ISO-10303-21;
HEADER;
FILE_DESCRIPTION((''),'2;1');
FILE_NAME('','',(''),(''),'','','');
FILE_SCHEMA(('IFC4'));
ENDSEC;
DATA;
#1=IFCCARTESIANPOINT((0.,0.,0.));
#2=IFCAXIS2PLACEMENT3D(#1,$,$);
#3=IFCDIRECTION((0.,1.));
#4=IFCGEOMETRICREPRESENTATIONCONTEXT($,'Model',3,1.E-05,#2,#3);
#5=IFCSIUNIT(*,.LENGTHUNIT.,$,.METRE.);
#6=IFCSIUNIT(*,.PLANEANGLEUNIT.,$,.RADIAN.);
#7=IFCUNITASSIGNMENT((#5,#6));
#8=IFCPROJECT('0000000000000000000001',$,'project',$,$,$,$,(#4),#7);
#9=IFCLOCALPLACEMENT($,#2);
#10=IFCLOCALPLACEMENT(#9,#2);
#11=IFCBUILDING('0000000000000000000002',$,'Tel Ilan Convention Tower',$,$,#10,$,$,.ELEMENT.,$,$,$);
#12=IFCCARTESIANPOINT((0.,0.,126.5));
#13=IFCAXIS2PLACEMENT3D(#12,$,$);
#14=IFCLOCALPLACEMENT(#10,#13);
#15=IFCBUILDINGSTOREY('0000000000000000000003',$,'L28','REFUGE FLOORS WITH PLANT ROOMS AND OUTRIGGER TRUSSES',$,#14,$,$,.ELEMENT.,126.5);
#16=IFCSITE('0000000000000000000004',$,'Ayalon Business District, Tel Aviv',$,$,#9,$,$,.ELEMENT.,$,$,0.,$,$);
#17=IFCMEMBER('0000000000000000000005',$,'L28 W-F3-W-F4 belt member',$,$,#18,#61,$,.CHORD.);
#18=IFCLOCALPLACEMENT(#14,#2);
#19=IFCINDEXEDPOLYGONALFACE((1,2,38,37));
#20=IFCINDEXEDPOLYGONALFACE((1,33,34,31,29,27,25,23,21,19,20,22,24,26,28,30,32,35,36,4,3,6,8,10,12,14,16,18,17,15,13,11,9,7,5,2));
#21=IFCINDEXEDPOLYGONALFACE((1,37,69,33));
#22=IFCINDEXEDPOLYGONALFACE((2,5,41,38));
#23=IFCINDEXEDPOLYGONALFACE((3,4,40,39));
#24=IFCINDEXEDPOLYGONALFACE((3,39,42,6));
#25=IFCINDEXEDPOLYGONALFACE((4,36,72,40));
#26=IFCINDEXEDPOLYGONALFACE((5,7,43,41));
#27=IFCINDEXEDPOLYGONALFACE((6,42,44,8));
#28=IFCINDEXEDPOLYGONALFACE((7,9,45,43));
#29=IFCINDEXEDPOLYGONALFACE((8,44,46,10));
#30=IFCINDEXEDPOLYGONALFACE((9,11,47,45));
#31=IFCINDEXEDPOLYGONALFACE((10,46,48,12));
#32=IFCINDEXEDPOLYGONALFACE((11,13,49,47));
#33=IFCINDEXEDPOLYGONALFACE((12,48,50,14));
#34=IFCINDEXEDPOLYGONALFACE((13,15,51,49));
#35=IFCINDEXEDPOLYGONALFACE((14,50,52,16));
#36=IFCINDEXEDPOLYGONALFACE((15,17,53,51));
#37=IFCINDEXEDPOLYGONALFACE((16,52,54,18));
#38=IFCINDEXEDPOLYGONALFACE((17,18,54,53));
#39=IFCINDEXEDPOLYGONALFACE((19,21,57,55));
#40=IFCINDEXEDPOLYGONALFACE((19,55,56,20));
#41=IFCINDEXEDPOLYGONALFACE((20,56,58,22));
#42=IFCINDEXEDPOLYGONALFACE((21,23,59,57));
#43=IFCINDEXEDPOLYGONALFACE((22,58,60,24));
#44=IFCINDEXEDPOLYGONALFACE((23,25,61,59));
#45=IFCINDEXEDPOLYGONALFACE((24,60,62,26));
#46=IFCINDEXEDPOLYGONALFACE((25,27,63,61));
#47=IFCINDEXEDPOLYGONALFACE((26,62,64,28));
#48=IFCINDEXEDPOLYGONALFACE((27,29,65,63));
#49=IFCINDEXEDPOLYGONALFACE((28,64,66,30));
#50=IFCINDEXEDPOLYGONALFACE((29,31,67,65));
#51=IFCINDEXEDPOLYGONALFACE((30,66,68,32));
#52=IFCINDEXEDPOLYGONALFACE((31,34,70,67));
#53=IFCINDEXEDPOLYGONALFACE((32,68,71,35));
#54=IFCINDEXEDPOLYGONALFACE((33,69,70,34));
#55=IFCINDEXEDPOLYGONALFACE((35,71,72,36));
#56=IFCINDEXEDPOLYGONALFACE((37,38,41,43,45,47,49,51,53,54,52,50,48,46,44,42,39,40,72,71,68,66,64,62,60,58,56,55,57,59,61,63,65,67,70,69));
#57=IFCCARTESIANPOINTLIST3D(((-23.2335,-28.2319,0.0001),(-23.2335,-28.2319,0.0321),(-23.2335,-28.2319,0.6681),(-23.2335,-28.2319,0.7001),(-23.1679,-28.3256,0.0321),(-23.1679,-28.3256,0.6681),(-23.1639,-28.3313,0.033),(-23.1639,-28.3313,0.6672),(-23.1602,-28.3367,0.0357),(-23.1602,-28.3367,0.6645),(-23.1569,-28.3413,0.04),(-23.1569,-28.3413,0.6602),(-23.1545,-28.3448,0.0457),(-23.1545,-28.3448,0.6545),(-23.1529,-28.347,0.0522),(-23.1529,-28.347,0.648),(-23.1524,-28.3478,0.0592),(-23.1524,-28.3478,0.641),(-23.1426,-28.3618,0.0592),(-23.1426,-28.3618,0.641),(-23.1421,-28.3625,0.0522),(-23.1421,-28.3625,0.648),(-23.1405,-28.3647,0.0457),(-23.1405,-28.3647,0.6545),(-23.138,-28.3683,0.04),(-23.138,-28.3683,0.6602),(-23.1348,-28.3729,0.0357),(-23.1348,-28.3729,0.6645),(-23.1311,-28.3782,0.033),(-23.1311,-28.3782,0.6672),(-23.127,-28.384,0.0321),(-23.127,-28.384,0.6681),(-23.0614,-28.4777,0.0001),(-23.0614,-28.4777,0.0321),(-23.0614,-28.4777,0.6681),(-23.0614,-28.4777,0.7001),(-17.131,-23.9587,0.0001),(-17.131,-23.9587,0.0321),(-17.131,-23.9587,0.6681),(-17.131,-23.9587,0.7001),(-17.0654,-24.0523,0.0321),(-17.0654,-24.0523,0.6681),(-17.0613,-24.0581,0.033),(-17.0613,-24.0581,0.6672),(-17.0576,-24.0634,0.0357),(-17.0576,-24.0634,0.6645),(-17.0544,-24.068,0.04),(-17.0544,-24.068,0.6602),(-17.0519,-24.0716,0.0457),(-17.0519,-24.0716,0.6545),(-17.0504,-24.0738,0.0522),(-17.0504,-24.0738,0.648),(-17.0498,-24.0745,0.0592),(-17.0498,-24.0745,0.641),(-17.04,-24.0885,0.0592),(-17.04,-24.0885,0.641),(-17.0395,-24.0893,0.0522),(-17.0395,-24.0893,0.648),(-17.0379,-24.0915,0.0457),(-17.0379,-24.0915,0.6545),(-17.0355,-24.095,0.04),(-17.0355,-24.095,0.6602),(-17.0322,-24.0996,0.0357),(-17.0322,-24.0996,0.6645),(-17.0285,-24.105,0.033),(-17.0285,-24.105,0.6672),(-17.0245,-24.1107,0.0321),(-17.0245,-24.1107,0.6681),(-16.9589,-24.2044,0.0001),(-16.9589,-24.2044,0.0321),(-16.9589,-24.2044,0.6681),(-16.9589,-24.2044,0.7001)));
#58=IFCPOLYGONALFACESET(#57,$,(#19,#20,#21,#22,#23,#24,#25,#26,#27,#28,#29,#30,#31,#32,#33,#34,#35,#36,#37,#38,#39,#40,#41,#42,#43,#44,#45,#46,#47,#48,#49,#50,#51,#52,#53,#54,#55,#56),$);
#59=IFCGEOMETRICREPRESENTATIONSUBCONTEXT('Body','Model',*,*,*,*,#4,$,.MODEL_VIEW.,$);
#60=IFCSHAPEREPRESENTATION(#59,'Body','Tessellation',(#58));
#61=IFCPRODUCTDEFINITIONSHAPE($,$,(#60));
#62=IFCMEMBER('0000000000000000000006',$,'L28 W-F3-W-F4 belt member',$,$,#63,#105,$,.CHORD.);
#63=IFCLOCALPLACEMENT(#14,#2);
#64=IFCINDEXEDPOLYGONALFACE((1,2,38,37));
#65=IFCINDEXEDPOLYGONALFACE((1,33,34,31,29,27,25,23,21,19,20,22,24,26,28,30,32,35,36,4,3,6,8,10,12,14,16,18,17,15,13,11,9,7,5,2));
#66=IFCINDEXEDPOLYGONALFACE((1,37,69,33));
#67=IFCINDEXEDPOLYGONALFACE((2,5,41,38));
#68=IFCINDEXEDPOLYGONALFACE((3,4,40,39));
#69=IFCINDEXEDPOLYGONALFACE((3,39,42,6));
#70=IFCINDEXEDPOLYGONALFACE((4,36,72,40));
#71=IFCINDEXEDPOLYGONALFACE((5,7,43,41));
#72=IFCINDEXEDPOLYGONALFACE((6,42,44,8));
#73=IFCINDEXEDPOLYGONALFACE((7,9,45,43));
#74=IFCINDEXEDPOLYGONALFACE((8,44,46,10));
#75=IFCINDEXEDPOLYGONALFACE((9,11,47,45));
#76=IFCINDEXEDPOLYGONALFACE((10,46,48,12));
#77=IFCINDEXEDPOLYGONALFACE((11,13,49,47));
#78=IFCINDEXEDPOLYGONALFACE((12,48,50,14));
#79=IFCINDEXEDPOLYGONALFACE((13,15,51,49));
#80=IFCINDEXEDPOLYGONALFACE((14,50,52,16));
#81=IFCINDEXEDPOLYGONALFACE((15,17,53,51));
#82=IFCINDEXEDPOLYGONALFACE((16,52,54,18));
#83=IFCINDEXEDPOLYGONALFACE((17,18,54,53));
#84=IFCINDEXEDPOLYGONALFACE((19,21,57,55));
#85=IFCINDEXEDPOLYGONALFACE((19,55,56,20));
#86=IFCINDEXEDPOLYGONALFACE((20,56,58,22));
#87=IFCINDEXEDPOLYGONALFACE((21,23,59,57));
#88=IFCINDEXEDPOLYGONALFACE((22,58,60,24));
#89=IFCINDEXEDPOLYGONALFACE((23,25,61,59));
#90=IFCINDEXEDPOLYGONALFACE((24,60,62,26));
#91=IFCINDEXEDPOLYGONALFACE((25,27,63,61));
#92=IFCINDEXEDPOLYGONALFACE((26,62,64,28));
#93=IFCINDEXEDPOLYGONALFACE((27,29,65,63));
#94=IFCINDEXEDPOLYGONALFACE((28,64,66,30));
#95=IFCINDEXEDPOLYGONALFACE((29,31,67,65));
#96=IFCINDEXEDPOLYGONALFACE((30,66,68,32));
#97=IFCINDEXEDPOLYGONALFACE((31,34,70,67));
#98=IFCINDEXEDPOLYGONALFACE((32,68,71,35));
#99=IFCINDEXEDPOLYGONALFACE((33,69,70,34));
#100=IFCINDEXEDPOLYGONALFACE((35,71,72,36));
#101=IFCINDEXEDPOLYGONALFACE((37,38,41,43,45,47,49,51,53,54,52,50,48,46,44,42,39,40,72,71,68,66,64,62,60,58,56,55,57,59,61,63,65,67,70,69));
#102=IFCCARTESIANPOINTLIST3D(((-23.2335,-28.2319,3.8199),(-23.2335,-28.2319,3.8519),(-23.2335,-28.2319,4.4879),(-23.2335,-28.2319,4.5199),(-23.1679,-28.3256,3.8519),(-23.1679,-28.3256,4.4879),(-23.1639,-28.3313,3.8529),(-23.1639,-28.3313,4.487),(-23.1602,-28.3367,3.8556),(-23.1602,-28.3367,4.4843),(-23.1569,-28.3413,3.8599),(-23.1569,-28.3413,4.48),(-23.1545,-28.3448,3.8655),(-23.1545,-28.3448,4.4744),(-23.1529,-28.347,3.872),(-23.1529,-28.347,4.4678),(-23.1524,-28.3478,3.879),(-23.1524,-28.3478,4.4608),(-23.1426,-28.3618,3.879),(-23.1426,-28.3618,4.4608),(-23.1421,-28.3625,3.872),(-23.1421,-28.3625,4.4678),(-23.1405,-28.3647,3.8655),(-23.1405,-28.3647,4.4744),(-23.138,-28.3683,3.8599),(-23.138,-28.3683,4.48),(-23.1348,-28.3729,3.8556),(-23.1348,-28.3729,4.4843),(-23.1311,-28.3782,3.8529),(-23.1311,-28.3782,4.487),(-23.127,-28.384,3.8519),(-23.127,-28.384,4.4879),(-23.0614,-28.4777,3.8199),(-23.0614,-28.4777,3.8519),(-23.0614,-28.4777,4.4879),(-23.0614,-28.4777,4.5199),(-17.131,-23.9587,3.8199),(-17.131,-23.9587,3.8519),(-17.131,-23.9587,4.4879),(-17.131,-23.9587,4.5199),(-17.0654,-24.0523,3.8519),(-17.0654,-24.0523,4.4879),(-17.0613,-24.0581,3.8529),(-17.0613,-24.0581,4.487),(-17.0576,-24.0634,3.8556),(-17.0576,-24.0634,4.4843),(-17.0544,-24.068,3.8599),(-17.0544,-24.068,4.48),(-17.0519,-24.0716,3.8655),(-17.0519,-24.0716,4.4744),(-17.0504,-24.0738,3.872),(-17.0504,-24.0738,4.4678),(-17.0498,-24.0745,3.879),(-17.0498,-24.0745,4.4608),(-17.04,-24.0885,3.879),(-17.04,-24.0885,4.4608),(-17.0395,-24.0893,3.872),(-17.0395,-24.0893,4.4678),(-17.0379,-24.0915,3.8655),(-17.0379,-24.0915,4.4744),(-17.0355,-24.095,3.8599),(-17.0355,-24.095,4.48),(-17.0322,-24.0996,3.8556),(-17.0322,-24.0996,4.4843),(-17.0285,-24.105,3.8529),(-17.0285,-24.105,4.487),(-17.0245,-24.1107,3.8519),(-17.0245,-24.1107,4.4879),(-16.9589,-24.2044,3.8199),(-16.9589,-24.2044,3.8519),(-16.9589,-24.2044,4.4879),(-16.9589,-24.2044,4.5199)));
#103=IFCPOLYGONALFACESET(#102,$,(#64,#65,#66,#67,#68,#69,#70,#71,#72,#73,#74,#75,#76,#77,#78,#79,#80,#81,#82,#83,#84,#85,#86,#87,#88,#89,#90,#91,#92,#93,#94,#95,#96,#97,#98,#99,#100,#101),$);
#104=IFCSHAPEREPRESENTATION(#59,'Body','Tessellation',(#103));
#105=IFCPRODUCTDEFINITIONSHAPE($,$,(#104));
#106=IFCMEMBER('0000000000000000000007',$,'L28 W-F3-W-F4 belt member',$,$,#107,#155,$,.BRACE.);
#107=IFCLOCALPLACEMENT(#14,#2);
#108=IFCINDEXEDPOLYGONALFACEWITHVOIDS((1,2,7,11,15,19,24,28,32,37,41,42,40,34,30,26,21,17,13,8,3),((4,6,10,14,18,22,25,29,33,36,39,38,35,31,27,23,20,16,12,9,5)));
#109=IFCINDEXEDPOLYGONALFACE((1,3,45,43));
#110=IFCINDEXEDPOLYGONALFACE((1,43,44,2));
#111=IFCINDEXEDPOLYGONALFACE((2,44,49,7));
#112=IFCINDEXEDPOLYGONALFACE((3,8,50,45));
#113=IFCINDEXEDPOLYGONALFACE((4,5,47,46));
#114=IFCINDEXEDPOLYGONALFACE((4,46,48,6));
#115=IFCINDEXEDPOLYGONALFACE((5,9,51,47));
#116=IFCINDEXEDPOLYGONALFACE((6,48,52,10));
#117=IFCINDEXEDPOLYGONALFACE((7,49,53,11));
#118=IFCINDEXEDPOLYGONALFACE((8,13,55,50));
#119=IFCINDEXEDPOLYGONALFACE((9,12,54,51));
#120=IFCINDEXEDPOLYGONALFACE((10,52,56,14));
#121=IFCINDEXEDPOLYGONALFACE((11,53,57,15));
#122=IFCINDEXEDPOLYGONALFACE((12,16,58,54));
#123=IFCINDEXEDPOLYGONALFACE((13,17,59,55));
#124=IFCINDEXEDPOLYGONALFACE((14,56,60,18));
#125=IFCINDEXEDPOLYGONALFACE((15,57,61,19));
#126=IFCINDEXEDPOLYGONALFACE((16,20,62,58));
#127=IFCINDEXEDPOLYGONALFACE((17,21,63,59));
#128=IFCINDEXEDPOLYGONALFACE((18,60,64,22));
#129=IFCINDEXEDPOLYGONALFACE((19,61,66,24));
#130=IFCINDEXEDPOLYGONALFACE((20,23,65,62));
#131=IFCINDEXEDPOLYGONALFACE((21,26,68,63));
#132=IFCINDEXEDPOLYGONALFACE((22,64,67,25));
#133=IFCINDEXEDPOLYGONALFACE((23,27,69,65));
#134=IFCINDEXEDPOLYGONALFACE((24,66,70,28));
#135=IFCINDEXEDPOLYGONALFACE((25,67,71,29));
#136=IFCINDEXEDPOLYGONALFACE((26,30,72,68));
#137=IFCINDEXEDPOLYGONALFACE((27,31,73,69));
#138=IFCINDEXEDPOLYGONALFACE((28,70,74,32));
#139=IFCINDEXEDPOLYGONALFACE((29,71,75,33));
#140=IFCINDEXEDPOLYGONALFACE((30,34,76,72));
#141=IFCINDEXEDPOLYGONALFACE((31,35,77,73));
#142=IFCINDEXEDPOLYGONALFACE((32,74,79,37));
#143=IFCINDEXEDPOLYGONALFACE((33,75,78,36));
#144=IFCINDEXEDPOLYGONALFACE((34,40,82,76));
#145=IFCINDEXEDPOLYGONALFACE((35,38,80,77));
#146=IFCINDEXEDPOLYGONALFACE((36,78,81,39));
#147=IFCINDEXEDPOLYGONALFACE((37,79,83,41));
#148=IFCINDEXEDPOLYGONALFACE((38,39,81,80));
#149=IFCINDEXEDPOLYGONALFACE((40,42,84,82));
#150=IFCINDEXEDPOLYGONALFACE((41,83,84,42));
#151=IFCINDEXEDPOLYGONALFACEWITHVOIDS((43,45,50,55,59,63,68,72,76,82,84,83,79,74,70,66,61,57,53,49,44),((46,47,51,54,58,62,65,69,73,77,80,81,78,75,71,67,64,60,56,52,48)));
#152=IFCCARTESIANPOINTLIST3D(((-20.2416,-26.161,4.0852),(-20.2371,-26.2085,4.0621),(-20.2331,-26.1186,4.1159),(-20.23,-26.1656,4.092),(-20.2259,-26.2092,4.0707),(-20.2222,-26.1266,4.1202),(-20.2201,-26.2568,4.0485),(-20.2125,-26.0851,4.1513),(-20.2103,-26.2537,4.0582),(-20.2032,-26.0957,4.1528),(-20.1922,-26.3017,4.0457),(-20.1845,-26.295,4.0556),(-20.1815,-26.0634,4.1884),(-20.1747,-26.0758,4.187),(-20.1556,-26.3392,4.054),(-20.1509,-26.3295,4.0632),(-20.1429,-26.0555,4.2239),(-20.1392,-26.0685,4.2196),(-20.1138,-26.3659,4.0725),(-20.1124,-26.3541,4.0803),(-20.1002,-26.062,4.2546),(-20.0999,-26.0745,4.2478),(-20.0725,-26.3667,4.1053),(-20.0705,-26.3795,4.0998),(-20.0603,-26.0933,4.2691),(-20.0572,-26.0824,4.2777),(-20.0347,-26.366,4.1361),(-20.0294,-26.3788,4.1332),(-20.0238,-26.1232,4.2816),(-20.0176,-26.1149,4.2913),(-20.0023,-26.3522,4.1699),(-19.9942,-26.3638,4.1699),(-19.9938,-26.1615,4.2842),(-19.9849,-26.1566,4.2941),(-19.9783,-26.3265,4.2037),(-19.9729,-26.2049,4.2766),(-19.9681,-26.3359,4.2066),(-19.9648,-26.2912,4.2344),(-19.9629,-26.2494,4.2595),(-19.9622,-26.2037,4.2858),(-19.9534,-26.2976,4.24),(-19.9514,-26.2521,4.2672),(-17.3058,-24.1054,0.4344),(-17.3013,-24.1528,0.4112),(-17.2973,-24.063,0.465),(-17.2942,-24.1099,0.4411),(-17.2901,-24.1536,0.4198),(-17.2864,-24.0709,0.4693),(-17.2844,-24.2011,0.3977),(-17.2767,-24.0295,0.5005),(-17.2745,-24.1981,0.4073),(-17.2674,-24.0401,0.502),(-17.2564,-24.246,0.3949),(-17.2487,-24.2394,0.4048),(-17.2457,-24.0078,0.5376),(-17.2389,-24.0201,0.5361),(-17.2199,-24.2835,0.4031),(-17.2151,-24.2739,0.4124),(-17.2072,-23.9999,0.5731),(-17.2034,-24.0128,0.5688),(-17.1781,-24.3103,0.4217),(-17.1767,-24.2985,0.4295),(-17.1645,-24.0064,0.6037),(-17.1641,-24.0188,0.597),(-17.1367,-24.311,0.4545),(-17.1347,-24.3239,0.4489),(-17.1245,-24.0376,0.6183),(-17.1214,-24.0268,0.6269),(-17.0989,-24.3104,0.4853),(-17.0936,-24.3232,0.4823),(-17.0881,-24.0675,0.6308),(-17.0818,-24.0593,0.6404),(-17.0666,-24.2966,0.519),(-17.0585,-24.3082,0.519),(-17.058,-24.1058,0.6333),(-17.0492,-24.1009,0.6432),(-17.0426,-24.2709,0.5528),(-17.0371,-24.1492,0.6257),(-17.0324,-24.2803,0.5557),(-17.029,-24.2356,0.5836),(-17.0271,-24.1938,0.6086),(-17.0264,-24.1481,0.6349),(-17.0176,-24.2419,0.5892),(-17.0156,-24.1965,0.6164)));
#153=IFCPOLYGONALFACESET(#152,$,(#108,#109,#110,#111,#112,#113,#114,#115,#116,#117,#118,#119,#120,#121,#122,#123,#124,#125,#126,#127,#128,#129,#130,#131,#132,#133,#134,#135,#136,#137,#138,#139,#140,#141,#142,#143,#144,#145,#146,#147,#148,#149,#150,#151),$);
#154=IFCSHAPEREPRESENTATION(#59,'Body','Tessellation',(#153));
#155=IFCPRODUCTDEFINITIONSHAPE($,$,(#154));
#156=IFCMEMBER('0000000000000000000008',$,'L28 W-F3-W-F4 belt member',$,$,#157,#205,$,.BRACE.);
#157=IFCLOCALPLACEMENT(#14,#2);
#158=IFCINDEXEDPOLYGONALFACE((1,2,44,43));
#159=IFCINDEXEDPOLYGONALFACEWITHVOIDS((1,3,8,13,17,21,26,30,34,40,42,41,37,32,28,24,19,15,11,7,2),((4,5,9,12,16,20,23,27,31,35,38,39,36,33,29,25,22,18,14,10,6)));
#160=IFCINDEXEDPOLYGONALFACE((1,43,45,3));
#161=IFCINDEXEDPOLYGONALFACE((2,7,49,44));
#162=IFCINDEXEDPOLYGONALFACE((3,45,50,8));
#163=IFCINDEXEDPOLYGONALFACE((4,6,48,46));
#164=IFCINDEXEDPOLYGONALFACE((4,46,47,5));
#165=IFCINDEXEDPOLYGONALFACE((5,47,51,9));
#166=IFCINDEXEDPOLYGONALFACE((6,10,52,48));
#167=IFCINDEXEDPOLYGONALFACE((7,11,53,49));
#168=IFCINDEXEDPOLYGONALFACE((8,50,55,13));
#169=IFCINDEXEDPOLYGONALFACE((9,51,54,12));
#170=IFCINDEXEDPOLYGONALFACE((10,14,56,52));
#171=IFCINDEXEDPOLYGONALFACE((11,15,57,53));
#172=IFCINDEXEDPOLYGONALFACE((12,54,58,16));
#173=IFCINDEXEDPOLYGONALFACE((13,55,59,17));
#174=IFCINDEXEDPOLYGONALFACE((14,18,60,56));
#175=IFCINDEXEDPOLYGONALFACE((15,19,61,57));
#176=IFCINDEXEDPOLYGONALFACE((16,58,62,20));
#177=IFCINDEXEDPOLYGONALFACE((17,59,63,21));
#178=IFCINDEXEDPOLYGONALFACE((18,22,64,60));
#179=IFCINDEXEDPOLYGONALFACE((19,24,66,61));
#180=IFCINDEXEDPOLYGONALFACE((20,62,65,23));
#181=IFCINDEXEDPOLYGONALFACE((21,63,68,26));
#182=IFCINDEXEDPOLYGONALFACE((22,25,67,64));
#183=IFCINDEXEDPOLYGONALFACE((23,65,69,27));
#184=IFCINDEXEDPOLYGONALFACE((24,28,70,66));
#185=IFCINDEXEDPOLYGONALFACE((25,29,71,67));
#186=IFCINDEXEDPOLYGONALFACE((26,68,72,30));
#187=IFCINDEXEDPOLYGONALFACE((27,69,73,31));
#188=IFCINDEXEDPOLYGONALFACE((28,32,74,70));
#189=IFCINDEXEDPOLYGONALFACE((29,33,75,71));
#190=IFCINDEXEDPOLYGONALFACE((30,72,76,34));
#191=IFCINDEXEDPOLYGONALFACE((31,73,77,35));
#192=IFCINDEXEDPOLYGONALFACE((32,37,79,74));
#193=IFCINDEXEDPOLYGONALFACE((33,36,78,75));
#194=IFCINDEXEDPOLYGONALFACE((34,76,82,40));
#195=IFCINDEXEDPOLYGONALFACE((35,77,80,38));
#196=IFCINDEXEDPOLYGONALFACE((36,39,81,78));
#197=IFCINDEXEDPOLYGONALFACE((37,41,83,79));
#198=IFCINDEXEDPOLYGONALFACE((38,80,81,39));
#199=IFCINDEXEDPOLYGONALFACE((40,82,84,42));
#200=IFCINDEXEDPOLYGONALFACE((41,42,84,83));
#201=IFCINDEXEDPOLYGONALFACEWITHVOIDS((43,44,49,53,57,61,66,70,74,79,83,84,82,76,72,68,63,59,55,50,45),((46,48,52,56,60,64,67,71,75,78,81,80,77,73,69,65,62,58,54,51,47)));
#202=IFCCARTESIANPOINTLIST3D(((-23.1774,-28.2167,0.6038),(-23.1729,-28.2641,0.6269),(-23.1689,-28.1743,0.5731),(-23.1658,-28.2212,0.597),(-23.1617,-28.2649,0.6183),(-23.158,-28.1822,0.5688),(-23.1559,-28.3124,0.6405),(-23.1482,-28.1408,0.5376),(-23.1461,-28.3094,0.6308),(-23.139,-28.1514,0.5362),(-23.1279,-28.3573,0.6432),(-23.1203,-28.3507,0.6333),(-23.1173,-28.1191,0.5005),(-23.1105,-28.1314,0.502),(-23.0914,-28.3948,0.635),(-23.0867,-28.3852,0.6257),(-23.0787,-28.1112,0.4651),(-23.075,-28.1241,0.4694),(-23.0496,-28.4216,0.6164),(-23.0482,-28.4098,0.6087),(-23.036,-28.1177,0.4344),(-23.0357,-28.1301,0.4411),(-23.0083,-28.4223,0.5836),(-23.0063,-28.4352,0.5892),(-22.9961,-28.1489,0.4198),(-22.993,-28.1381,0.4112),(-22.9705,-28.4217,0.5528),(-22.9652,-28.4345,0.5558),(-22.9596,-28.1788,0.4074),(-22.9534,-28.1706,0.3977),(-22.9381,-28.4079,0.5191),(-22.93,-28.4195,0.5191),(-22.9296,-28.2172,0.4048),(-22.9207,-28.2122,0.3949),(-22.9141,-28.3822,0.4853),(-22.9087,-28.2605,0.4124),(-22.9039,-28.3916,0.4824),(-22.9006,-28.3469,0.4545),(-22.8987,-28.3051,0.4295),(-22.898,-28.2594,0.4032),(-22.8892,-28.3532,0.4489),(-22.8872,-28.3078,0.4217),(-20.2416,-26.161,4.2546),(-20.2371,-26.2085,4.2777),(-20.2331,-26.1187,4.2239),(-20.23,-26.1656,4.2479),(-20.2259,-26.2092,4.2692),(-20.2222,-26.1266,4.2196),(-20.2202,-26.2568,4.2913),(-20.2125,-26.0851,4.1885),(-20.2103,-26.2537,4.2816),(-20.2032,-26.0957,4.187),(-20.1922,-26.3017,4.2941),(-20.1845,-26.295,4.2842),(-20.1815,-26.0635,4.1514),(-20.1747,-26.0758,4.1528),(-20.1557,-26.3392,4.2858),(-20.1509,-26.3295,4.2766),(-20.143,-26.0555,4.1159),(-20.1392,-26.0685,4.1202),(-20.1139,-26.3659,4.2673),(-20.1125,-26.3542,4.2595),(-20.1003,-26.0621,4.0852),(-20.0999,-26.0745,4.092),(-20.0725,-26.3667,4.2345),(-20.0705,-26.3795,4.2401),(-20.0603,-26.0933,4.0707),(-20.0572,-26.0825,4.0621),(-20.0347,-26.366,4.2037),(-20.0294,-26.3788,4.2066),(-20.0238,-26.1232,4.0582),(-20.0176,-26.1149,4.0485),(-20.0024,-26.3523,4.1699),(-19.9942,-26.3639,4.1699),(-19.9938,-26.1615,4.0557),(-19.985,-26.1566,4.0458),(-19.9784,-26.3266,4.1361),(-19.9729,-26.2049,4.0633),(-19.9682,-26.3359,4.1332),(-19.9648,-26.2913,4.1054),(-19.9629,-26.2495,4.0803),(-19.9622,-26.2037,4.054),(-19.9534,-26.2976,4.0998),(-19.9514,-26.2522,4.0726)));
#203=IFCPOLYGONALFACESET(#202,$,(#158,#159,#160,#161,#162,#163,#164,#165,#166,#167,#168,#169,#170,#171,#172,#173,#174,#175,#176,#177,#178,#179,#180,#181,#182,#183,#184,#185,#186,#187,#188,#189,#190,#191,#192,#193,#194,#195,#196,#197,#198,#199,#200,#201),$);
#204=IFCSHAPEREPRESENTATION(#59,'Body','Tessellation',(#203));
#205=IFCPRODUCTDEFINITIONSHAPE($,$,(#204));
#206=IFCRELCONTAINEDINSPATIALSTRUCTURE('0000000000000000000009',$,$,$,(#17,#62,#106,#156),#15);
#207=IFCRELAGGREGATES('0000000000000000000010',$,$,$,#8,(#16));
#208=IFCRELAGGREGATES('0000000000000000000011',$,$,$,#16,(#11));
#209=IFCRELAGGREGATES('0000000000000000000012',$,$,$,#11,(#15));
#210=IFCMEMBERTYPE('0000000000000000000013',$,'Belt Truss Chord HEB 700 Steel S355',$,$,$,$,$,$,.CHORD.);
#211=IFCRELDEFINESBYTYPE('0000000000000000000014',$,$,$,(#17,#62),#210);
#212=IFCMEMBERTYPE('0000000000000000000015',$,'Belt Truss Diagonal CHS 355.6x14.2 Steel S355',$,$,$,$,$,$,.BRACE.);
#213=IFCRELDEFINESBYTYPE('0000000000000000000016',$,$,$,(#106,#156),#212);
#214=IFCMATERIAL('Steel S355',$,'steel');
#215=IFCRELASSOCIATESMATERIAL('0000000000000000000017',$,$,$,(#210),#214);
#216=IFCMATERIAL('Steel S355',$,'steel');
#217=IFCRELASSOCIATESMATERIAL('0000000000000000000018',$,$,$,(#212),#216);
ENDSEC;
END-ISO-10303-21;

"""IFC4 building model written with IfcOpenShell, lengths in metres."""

from ifc_helpers import new_model, si_unit, direction, frame, origin, origin_2d, place, context, subcontext, project, spatial, hollow_circle, i_section, extrude, material, material_profile, profile_set, type_object, element, save


model = new_model("IFC4")

# Units and contexts
model_context = context("Model", 3, precision=1e-05, world=origin(), true_north=direction((0.0, 1.0)))
body_context = subcontext(model_context, "Body", "Model", "MODEL_VIEW")
ifc_project = project(units=[si_unit("LENGTHUNIT", "METRE"), si_unit("PLANEANGLEUNIT", "RADIAN")], contexts=[model_context])

# Site, building, storey
site_placement = place(None, origin())
site = spatial("IfcSite", under=ifc_project, at=site_placement, Name="Ayalon Business District, Tel Aviv", CompositionType="ELEMENT", RefElevation=0.0)
building_placement = place(site_placement, origin())
building = spatial("IfcBuilding", under=site, at=building_placement, Name="Tel Ilan Convention Tower", CompositionType="ELEMENT")
storey_placement = place(building_placement, frame((0.0, 0.0, 126.5)))
storey = spatial("IfcBuildingStorey", under=building, at=storey_placement, Name="L28", Description="REFUGE FLOORS WITH PLANT ROOMS AND OUTRIGGER TRUSSES", CompositionType="ELEMENT", Elevation=126.5)

# Members
ifc_material_1 = material(Name="Steel S355", Category="steel")
ifc_material_profile_1 = material_profile(ifc_material_1, i_section(OverallWidth=0.3, OverallDepth=0.7, WebThickness=0.0171, FlangeThickness=0.032, FilletRadius=0.0271, at=origin_2d()), Name="HEB 700")
ifc_profile_set_1 = profile_set([ifc_material_profile_1], Name="Steel S355")
member_type_1 = type_object("IfcMemberType", Name="Belt Truss Chord HEB 700 Steel S355", PredefinedType="CHORD", material=ifc_profile_set_1)
for number, where, z_axis, x_axis, name in (
    (1, (-17.0449, -24.0815, 0.3501), (-0.819143, -0.57359, 0.0), (0.57359, -0.819143, 0.0), "L28 W-F3-W-F4 belt member"),
    (2, (-17.0449, -24.0815, 4.1699), (-0.819143, -0.57359, 0.0), (0.57359, -0.819143, 0.0), "L28 W-F3-W-F4 belt member"),
):
    element("IfcMember", number, at=place(storey_placement, frame(where, z_axis=z_axis, x_axis=x_axis)), inside=storey, type_object=member_type_1, Name=name, PredefinedType="CHORD", context=body_context, shape_type="SweptSolid", body=[
        extrude(i_section(OverallWidth=0.3, OverallDepth=0.7, WebThickness=0.0171, FlangeThickness=0.032, FilletRadius=0.0271, at=origin_2d()), origin(), (0.0, 0.0, 1.0), 7.45),
    ])
ifc_material_2 = material(Name="Steel S355", Category="steel")
ifc_material_profile_2 = material_profile(ifc_material_2, hollow_circle(Radius=0.1777, WallThickness=0.0142, at=origin_2d()), Name="CHS 355.6x14.2")
ifc_profile_set_2 = profile_set([ifc_material_profile_2], Name="Steel S355")
member_type_2 = type_object("IfcMemberType", Name="Belt Truss Diagonal CHS 355.6x14.2 Steel S355", PredefinedType="BRACE", material=ifc_profile_set_2)
for number, where, z_axis, x_axis, name in (
    (3, (-17.1604, -24.1626, 0.519), (-0.573844, -0.40181, 0.713619), (0.573577, -0.819152, 0.0), "L28 W-F3-W-F4 belt member"),
    (4, (-20.0962, -26.2183, 4.1699), (-0.573844, -0.40181, -0.713619), (0.573577, -0.819152, 0.0), "L28 W-F3-W-F4 belt member"),
):
    element("IfcMember", number, at=place(storey_placement, frame(where, z_axis=z_axis, x_axis=x_axis)), inside=storey, type_object=member_type_2, Name=name, PredefinedType="BRACE", context=body_context, shape_type="SweptSolid", body=[
        extrude(hollow_circle(Radius=0.1777, WallThickness=0.0142, at=origin_2d()), origin(), (0.0, 0.0, 1.0), 5.116),
    ])

save(model, "model.ifc")
